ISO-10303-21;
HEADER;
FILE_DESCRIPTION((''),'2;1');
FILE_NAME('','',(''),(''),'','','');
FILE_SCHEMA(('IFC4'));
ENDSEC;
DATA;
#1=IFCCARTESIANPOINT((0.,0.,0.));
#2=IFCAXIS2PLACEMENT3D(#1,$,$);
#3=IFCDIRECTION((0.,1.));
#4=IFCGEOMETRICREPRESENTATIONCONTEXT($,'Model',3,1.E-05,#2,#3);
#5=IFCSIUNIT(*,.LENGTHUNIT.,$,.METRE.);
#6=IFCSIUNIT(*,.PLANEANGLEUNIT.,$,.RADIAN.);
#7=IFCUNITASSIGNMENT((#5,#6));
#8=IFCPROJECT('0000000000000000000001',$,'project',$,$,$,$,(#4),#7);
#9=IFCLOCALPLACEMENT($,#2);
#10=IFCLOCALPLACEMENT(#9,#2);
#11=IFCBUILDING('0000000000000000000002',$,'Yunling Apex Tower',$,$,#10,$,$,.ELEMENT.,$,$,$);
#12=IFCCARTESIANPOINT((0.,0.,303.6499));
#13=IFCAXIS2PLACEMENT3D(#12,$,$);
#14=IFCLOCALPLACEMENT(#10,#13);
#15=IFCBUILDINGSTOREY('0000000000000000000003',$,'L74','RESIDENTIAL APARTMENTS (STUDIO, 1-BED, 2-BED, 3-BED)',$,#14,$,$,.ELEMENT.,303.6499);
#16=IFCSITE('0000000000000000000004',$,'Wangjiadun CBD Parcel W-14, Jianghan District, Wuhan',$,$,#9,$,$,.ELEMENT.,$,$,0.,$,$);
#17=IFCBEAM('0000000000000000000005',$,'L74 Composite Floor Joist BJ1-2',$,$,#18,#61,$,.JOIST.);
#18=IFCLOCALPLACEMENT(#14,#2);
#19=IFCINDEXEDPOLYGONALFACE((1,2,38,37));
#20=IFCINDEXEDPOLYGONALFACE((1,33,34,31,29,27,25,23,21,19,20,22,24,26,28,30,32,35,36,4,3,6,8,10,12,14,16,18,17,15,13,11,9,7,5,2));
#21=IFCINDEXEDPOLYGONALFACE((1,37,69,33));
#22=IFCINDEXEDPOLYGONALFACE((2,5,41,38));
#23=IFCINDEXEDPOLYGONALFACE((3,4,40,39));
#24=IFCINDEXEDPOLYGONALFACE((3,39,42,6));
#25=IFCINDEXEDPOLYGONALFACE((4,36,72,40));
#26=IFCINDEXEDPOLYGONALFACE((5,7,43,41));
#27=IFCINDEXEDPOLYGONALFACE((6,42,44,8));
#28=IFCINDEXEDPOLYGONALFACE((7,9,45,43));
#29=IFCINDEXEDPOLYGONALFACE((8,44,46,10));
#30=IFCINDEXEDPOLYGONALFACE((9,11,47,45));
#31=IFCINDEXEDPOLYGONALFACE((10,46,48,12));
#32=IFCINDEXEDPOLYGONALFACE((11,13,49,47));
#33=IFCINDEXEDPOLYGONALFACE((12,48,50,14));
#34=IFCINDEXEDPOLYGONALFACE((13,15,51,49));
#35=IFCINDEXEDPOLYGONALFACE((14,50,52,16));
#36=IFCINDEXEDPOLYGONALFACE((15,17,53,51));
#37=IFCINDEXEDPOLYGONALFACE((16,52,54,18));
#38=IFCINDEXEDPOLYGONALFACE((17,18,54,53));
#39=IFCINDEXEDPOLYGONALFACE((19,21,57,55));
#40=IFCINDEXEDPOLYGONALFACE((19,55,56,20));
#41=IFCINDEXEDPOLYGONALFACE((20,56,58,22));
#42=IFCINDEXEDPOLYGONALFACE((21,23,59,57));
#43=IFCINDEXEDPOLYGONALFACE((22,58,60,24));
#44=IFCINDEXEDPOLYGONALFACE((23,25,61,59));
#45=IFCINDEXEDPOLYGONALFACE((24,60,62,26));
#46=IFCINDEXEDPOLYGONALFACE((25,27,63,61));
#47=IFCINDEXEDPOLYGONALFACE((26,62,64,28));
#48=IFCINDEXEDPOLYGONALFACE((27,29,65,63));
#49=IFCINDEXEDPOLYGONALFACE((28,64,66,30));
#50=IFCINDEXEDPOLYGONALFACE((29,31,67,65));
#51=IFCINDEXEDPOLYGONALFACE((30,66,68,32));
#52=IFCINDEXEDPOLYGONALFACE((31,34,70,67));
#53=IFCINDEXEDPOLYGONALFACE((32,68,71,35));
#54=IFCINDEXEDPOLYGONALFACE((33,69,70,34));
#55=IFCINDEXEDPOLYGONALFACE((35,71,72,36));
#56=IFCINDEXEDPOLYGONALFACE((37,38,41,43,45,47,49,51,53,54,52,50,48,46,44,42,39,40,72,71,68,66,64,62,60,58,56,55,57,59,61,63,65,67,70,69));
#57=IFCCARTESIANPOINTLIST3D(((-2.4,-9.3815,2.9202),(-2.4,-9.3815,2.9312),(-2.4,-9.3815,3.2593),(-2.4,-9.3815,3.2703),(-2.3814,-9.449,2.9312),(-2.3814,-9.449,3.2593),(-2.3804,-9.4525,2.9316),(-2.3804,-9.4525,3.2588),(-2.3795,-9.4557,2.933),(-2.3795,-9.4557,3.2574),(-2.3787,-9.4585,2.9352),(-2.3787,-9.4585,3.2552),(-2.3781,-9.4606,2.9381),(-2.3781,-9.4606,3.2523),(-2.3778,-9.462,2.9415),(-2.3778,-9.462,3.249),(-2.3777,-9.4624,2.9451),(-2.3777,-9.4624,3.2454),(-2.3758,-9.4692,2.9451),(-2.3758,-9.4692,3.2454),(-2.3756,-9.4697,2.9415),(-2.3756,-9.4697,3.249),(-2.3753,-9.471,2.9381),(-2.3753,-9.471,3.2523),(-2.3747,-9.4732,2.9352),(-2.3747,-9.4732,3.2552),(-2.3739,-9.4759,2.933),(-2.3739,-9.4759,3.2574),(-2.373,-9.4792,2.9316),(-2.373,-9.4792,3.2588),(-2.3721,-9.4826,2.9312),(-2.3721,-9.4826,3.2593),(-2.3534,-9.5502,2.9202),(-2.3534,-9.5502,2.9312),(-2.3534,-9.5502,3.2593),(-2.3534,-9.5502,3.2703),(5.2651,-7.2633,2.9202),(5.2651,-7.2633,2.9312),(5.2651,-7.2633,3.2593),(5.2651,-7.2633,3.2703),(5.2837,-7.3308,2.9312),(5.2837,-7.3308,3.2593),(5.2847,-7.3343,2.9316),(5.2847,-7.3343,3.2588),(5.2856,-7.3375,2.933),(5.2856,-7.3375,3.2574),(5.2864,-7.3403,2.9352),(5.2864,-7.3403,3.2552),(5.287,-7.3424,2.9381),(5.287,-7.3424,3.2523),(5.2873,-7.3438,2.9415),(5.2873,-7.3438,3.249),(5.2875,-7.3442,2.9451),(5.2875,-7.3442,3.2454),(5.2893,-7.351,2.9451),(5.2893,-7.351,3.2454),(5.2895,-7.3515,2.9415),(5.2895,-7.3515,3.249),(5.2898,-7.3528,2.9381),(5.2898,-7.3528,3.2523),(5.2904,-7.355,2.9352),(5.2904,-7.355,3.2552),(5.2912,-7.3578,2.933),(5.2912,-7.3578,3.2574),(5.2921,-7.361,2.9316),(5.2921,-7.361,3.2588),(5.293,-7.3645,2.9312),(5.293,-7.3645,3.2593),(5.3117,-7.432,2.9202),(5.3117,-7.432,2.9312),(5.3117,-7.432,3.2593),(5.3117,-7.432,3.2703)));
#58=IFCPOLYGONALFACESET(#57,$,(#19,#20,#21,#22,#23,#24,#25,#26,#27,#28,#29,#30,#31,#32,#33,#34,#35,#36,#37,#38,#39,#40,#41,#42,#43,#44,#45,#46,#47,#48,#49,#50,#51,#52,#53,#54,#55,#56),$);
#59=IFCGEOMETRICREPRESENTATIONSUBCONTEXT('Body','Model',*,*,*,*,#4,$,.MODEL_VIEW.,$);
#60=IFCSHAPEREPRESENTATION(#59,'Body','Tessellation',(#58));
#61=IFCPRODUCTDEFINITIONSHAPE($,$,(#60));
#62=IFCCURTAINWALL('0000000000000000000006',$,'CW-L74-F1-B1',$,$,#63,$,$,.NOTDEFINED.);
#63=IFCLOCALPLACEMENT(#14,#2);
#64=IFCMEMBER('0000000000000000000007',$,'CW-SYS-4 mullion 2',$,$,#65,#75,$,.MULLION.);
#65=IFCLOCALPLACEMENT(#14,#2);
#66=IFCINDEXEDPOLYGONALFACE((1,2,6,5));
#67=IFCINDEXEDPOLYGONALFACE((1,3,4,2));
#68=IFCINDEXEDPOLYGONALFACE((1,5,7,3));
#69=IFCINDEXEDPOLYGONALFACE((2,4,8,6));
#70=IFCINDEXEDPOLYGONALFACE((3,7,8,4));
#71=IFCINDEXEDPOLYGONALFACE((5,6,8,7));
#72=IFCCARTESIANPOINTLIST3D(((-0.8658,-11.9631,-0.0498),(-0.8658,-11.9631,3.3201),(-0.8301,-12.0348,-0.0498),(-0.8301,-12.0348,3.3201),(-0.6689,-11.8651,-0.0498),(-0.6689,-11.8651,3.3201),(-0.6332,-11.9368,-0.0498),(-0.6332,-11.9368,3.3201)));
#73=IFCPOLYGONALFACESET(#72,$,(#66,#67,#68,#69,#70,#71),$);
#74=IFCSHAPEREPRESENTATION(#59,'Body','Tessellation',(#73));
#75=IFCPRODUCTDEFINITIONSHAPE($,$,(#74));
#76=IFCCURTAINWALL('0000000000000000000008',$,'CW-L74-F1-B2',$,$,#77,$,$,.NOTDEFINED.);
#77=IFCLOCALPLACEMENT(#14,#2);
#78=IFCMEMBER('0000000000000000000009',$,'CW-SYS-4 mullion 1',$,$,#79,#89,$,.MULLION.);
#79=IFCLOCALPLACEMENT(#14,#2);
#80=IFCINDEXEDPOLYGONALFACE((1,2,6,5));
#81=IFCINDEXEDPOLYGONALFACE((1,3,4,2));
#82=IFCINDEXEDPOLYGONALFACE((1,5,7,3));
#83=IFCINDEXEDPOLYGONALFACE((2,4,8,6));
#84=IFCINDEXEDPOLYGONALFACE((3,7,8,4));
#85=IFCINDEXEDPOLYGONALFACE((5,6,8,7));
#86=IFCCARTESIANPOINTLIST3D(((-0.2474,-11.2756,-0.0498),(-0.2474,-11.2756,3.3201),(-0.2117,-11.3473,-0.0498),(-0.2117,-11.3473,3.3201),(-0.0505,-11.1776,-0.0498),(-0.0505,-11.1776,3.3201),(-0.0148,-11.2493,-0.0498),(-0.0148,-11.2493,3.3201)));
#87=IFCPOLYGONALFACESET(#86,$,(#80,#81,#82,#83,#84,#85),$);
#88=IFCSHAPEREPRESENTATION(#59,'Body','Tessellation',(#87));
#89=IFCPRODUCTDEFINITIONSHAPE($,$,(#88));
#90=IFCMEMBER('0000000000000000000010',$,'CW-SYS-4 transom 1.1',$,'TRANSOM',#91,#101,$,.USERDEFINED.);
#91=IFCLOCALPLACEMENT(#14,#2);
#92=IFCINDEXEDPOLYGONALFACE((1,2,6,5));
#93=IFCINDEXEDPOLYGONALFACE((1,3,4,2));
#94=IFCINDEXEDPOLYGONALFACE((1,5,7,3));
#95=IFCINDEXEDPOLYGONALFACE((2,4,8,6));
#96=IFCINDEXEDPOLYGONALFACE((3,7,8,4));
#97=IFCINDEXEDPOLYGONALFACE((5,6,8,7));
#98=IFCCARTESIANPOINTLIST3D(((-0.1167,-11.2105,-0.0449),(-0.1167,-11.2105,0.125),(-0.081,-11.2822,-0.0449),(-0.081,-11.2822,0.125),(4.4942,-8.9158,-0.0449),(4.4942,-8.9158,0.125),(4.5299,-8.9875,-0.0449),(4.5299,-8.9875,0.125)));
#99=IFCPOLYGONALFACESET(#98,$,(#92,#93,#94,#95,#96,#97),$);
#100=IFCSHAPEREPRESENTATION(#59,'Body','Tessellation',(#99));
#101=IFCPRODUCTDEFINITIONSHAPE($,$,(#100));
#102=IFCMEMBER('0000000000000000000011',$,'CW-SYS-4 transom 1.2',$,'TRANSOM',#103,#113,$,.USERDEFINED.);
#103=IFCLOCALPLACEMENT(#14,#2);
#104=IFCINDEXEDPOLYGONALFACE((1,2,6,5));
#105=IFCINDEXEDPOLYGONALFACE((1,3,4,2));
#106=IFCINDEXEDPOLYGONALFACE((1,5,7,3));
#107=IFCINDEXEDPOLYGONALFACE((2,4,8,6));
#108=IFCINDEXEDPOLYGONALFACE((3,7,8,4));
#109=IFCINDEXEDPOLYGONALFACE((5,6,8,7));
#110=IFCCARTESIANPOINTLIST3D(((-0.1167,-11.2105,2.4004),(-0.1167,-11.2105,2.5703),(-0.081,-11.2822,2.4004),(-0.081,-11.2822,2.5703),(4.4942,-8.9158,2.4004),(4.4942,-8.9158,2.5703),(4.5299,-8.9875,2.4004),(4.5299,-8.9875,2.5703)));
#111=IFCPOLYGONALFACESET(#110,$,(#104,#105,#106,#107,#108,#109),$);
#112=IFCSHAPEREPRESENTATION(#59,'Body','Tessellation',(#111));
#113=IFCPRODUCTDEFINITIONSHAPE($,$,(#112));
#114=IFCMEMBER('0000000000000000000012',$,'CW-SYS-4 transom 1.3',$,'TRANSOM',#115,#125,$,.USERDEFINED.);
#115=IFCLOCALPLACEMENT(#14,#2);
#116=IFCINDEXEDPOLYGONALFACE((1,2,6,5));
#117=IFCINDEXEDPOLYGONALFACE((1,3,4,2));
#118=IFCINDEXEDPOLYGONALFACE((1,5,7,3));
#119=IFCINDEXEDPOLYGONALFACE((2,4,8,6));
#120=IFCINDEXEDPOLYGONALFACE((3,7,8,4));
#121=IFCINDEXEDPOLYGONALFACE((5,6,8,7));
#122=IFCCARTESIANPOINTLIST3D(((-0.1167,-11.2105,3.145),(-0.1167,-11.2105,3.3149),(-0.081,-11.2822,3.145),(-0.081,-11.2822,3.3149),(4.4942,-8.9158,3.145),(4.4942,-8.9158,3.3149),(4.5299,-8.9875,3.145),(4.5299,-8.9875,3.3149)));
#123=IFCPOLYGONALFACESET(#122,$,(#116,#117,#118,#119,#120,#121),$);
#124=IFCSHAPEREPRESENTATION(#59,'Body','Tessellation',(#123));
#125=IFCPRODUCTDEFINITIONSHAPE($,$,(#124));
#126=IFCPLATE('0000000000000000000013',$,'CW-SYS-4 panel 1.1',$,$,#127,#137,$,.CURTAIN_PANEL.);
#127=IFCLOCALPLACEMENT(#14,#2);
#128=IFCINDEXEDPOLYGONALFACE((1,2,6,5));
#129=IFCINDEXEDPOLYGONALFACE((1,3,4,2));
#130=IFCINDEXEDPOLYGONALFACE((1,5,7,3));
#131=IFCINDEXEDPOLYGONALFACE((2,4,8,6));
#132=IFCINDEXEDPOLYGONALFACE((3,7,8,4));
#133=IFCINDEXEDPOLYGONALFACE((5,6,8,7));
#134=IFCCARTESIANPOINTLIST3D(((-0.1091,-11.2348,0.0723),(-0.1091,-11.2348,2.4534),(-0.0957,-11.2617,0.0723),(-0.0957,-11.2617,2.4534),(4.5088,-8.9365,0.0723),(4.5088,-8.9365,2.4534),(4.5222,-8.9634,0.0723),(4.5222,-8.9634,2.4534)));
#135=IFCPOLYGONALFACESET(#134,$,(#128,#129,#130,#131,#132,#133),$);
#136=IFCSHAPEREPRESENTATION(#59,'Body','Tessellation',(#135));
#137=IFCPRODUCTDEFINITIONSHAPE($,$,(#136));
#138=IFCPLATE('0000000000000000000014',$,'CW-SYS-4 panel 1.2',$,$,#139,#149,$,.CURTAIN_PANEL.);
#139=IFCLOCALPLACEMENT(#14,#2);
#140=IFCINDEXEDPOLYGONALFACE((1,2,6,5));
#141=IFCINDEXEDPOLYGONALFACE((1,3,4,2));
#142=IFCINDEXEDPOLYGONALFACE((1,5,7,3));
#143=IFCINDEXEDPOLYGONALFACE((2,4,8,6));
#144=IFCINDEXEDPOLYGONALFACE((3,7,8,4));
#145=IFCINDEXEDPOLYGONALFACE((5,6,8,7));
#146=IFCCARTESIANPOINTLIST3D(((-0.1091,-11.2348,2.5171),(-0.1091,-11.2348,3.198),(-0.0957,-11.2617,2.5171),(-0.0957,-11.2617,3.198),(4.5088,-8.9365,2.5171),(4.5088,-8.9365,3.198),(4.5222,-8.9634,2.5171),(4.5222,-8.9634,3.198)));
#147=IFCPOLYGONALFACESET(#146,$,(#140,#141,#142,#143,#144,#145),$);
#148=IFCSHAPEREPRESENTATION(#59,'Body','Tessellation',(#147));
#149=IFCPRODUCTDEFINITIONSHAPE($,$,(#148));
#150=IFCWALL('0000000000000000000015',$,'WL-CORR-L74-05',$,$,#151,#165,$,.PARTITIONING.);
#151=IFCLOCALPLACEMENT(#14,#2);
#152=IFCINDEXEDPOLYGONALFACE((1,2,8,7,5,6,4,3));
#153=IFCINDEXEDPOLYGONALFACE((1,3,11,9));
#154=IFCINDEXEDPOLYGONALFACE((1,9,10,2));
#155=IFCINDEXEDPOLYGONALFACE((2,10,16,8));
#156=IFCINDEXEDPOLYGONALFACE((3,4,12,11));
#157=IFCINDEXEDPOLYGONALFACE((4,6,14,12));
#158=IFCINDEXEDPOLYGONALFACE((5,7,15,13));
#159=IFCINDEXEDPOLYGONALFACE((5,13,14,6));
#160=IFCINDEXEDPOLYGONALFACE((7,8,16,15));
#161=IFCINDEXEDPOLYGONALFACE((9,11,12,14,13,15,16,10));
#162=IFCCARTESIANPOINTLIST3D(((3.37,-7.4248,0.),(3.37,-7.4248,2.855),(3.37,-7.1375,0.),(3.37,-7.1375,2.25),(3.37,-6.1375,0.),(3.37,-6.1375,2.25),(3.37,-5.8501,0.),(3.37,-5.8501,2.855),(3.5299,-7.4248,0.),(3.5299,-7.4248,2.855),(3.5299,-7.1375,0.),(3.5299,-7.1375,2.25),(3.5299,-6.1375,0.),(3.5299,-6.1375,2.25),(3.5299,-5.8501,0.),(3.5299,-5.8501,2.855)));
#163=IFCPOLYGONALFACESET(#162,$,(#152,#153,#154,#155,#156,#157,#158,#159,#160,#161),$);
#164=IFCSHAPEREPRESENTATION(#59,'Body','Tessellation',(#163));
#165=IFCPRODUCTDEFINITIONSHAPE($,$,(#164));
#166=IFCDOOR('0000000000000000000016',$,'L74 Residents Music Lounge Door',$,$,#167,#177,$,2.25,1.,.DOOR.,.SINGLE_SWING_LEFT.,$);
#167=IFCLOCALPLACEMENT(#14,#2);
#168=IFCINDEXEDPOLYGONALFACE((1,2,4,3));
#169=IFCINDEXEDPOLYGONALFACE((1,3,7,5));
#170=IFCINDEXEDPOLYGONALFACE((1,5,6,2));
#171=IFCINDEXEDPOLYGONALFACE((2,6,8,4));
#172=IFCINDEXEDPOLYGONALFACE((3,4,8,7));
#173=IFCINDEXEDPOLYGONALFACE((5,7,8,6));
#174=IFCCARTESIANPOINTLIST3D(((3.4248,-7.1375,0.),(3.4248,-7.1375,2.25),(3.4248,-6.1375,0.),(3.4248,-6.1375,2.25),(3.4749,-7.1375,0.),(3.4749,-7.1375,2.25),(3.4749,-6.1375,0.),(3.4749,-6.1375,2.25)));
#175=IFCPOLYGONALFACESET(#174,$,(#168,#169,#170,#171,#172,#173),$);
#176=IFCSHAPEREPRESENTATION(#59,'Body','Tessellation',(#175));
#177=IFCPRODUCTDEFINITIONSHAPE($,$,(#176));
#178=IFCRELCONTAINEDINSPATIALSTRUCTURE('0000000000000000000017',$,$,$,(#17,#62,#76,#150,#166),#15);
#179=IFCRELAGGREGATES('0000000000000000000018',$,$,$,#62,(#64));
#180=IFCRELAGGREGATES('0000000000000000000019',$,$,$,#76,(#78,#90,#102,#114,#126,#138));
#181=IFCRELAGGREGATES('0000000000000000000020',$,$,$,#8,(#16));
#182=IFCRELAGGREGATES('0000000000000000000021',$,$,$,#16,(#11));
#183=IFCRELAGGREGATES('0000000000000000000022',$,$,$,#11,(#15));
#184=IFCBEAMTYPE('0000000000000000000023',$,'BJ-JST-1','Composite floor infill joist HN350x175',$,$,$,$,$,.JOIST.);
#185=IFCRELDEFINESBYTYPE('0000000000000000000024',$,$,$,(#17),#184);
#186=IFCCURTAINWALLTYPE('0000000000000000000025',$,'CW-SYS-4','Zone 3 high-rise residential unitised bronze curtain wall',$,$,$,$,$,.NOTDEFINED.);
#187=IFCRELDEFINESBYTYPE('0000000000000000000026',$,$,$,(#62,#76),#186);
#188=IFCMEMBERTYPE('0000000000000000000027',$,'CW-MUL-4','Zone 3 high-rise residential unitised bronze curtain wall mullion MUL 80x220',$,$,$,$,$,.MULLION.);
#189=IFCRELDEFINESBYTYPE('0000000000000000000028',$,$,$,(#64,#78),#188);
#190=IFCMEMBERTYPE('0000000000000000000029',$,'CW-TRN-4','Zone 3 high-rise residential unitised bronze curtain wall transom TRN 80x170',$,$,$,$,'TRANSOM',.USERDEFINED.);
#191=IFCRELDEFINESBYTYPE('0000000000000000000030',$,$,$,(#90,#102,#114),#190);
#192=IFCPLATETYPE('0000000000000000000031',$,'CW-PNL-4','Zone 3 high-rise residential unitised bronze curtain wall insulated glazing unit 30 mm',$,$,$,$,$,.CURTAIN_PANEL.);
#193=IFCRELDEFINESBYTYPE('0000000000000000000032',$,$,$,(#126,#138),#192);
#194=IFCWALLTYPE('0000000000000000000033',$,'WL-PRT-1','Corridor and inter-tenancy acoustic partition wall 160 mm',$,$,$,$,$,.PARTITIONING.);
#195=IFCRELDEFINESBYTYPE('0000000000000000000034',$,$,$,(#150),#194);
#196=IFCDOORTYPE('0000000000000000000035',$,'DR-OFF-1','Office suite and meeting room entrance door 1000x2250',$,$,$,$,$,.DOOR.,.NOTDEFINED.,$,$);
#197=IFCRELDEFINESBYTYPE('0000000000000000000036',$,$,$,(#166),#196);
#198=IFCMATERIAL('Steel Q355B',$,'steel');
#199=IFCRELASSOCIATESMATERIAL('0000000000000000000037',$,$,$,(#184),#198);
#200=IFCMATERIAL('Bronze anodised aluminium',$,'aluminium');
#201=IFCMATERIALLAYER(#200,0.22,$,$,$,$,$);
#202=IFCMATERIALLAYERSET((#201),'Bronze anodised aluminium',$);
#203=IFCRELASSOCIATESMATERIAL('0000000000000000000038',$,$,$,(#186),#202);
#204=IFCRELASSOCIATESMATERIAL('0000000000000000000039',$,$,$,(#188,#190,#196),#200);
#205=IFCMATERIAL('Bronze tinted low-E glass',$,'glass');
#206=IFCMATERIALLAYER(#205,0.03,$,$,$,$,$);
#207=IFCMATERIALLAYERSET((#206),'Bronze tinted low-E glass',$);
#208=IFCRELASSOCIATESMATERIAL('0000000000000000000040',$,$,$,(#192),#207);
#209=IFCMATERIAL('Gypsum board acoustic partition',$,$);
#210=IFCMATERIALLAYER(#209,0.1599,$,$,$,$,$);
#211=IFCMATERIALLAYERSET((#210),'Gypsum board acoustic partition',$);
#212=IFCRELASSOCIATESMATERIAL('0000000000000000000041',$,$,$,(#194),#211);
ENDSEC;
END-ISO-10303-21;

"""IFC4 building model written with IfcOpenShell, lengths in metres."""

from ifc_helpers import new_model, si_unit, direction, frame, frame_2d, origin, origin_2d, place, context, subcontext, project, spatial, rectangle, i_section, extrude, source, transform, mapped, material, layer, layer_set, material_profile, profile_set, type_object, element, fill, aggregate, save


model = new_model("IFC4")

# Units and contexts
model_context = context("Model", 3, precision=1e-05, world=origin(), true_north=direction((0.0, 1.0)))
body_context = subcontext(model_context, "Body", "Model", "MODEL_VIEW")
ifc_project = project(units=[si_unit("LENGTHUNIT", "METRE"), si_unit("PLANEANGLEUNIT", "RADIAN")], contexts=[model_context])

# Site, building, storey
site_placement = place(None, origin())
site = spatial("IfcSite", under=ifc_project, at=site_placement, Name="Wangjiadun CBD Parcel W-14, Jianghan District, Wuhan", CompositionType="ELEMENT", RefElevation=0.0)
building_placement = place(site_placement, origin())
building = spatial("IfcBuilding", under=site, at=building_placement, Name="Yunling Apex Tower", CompositionType="ELEMENT")
storey_placement = place(building_placement, frame((0.0, 0.0, 303.6499)))
storey = spatial("IfcBuildingStorey", under=building, at=storey_placement, Name="L74", Description="RESIDENTIAL APARTMENTS (STUDIO, 1-BED, 2-BED, 3-BED)", CompositionType="ELEMENT", Elevation=303.6499)

# Shared definitions
ifc_material_1 = material(Name="Steel Q355B", Category="steel")

# Beam
ifc_material_profile_1 = material_profile(ifc_material_1, i_section(OverallWidth=0.175, OverallDepth=0.3501, WebThickness=0.0071, FlangeThickness=0.011, FilletRadius=0.0139, at=origin_2d()))
ifc_profile_set_1 = profile_set([ifc_material_profile_1], Name="Steel Q355B")
beam_type_1 = type_object("IfcBeamType", Name="BJ-JST-1", Description="Composite floor infill joist HN350x175", PredefinedType="JOIST", material=ifc_profile_set_1)
shared_shape_1 = source(origin(), body_context, "Body", "SweptSolid", [
    extrude(i_section(OverallWidth=0.175, OverallDepth=0.3501, WebThickness=0.0071, FlangeThickness=0.011, FilletRadius=0.0139, at=origin_2d()), origin(), (0.0, 0.0, 1.0), 7.9524),
])
beam_1_placement = place(storey_placement, frame((-2.3767, -9.4658, 3.0952), z_axis=(0.963874, 0.266358, 0.0), x_axis=(-0.266358, 0.963874, 0.0)))
element("IfcBeam", 1, at=beam_1_placement, inside=storey, type_object=beam_type_1, Name="L74 Composite Floor Joist BJ1-2", PredefinedType="JOIST", context=body_context, shape_type="MappedRepresentation", body=[
    mapped(shared_shape_1, transform((0.0, 0.0, 0.0), scale=1.0)),
])

# Curtain wall, member
ifc_material_2 = material(Name="Bronze anodised aluminium", Category="aluminium")
ifc_layer_1 = layer(ifc_material_2, 0.22)
ifc_layer_set_1 = layer_set([ifc_layer_1], Name="Bronze anodised aluminium")
curtain_wall_type = type_object("IfcCurtainWallType", Name="CW-SYS-4", Description="Zone 3 high-rise residential unitised bronze curtain wall", PredefinedType="NOTDEFINED", material=ifc_layer_set_1)
curtain_wall_1_placement = place(storey_placement, origin())
curtain_wall_1 = element("IfcCurtainWall", 2, at=curtain_wall_1_placement, inside=storey, type_object=curtain_wall_type, Name="CW-L74-F1-B1", PredefinedType="NOTDEFINED")
ifc_material_profile_2 = material_profile(ifc_material_2, rectangle(XDim=0.0801, YDim=0.22, at=origin_2d()))
ifc_profile_set_2 = profile_set([ifc_material_profile_2], Name="Bronze anodised aluminium")
member_type_1 = type_object("IfcMemberType", Name="CW-MUL-4", Description="Zone 3 high-rise residential unitised bronze curtain wall mullion MUL 80x220", PredefinedType="MULLION", material=ifc_profile_set_2)
shared_shape_2 = source(origin(), body_context, "Body", "SweptSolid", [
    extrude(rectangle(XDim=0.0801, YDim=0.22, at=origin_2d()), origin(), (0.0, 0.0, 1.0), 3.3699),
])
member_1_placement = place(storey_placement, frame((-0.7495, -11.95, -0.0498), z_axis=(0.0, 0.0, 1.0), x_axis=(-0.445568, 0.895248, 0.0)))
member_1 = element("IfcMember", 3, at=member_1_placement, type_object=member_type_1, Name="CW-SYS-4 mullion 2", PredefinedType="MULLION", context=body_context, shape_type="MappedRepresentation", body=[
    mapped(shared_shape_2, transform((0.0, 0.0, 0.0), scale=1.0)),
])
aggregate(curtain_wall_1, [member_1])

# Curtain wall, members, plates
curtain_wall_2_placement = place(storey_placement, origin())
curtain_wall_2 = element("IfcCurtainWall", 4, at=curtain_wall_2_placement, inside=storey, type_object=curtain_wall_type, Name="CW-L74-F1-B2", PredefinedType="NOTDEFINED")
member_2_placement = place(storey_placement, frame((-0.1311, -11.2625, -0.0498), z_axis=(0.0, 0.0, 1.0), x_axis=(-0.445561, 0.895252, 0.0)))
member_2 = element("IfcMember", 5, at=member_2_placement, type_object=member_type_1, Name="CW-SYS-4 mullion 1", PredefinedType="MULLION", context=body_context, shape_type="MappedRepresentation", body=[
    mapped(shared_shape_2, transform((0.0, 0.0, 0.0), scale=1.0)),
])
ifc_material_profile_3 = material_profile(ifc_material_2, rectangle(XDim=0.0801, YDim=0.1699, at=origin_2d()))
ifc_profile_set_3 = profile_set([ifc_material_profile_3], Name="Bronze anodised aluminium")
member_type_2 = type_object("IfcMemberType", Name="CW-TRN-4", Description="Zone 3 high-rise residential unitised bronze curtain wall transom TRN 80x170", ElementType="TRANSOM", PredefinedType="USERDEFINED", material=ifc_profile_set_3)
shared_shape_3 = source(origin(), body_context, "Body", "SweptSolid", [
    extrude(rectangle(XDim=0.0801, YDim=0.1699, at=origin_2d()), origin(), (0.0, 0.0, 1.0), 5.1504),
])
member_3_placement = place(storey_placement, frame((-0.0989, -11.2463, 0.04), z_axis=(0.89526, 0.445544, 0.0), x_axis=(-0.445544, 0.89526, 0.0)))
member_3 = element("IfcMember", 6, at=member_3_placement, type_object=member_type_2, Name="CW-SYS-4 transom 1.1", ObjectType="TRANSOM", PredefinedType="USERDEFINED", context=body_context, shape_type="MappedRepresentation", body=[
    mapped(shared_shape_3, transform((0.0, 0.0, 0.0), scale=1.0)),
])
member_4_placement = place(storey_placement, frame((-0.0989, -11.2463, 2.4854), z_axis=(0.89526, 0.445544, 0.0), x_axis=(-0.445544, 0.89526, 0.0)))
member_4 = element("IfcMember", 7, at=member_4_placement, type_object=member_type_2, Name="CW-SYS-4 transom 1.2", ObjectType="TRANSOM", PredefinedType="USERDEFINED", context=body_context, shape_type="MappedRepresentation", body=[
    mapped(shared_shape_3, transform((0.0, 0.0, 0.0), scale=1.0)),
])
member_5_placement = place(storey_placement, frame((-0.0989, -11.2463, 3.23), z_axis=(0.89526, 0.445544, 0.0), x_axis=(-0.445544, 0.89526, 0.0)))
member_5 = element("IfcMember", 8, at=member_5_placement, type_object=member_type_2, Name="CW-SYS-4 transom 1.3", ObjectType="TRANSOM", PredefinedType="USERDEFINED", context=body_context, shape_type="MappedRepresentation", body=[
    mapped(shared_shape_3, transform((0.0, 0.0, 0.0), scale=1.0)),
])
ifc_material_3 = material(Name="Bronze tinted low-E glass", Category="glass")
ifc_layer_2 = layer(ifc_material_3, 0.03)
ifc_layer_set_2 = layer_set([ifc_layer_2], Name="Bronze tinted low-E glass")
plate_type = type_object("IfcPlateType", Name="CW-PNL-4", Description="Zone 3 high-rise residential unitised bronze curtain wall insulated glazing unit 30 mm", PredefinedType="CURTAIN_PANEL", material=ifc_layer_set_2)
shared_shape_4 = source(origin(), body_context, "Body", "SweptSolid", [
    extrude(rectangle(XDim=5.1582, YDim=0.03, at=origin_2d()), origin(), (0.0, 0.0, 1.0), 2.3811),
])
plate_1_placement = place(storey_placement, frame((2.2065, -10.0991, 0.0723), z_axis=(0.0, 0.0, 1.0), x_axis=(0.895252, 0.445561, 0.0)))
plate_1 = element("IfcPlate", 9, at=plate_1_placement, type_object=plate_type, Name="CW-SYS-4 panel 1.1", PredefinedType="CURTAIN_PANEL", context=body_context, shape_type="MappedRepresentation", body=[
    mapped(shared_shape_4, transform((0.0, 0.0, 0.0), scale=1.0)),
])
shared_shape_5 = source(origin(), body_context, "Body", "SweptSolid", [
    extrude(rectangle(XDim=5.1582, YDim=0.03, at=origin_2d()), origin(), (0.0, 0.0, 1.0), 0.6809),
])
plate_2_placement = place(storey_placement, frame((2.2065, -10.0991, 2.5171), z_axis=(0.0, 0.0, 1.0), x_axis=(0.895252, 0.445561, 0.0)))
plate_2 = element("IfcPlate", 10, at=plate_2_placement, type_object=plate_type, Name="CW-SYS-4 panel 1.2", PredefinedType="CURTAIN_PANEL", context=body_context, shape_type="MappedRepresentation", body=[
    mapped(shared_shape_5, transform((0.0, 0.0, 0.0), scale=1.0)),
])
aggregate(curtain_wall_2, [member_2, member_3, member_4, member_5, plate_1, plate_2])

# Wall, opening, door
ifc_material_4 = material(Name="Gypsum board acoustic partition")
ifc_layer_3 = layer(ifc_material_4, 0.1599)
ifc_layer_set_3 = layer_set([ifc_layer_3], Name="Gypsum board acoustic partition")
wall_type_1 = type_object("IfcWallType", Name="WL-PRT-1", Description="Corridor and inter-tenancy acoustic partition wall 160 mm", PredefinedType="PARTITIONING", material=ifc_layer_set_3)
wall_1_placement = place(storey_placement, frame((3.45, -5.8501, 0.0), z_axis=(0.0, 0.0, 1.0), x_axis=(0.0, -1.0, 0.0)))
wall_1 = element("IfcWall", 11, at=wall_1_placement, inside=storey, type_object=wall_type_1, Name="WL-CORR-L74-05", PredefinedType="PARTITIONING", context=body_context, shape_type="SweptSolid", body=[
    extrude(rectangle(XDim=1.5747, YDim=0.1599, at=frame_2d((0.7874, 0.0))), origin(), (0.0, 0.0, 1.0), 2.855),
])
opening_1_placement = place(wall_1_placement, frame((0.2874, 0.0, 0.0)))
opening_1 = element("IfcOpeningElement", 12, at=opening_1_placement, cuts=wall_1, PredefinedType="OPENING", context=body_context, shape_type="SweptSolid", body=[
    extrude(rectangle(XDim=1.0, YDim=2.25, at=frame_2d((0.5, 1.125))), frame((0.0, 0.0898, 0.0), z_axis=(0.0, -1.0, 0.0), x_axis=(1.0, 0.0, 0.0)), (0.0, 0.0, 1.0), 0.1799),
])
door_type_1 = type_object("IfcDoorType", Name="DR-OFF-1", Description="Office suite and meeting room entrance door 1000x2250", OperationType="NOTDEFINED", PredefinedType="DOOR", material=ifc_material_2)
door_1_placement = place(opening_1_placement, origin())
door_1 = element("IfcDoor", 13, at=door_1_placement, inside=storey, type_object=door_type_1, Name="L74 Residents Music Lounge Door", OperationType="SINGLE_SWING_LEFT", OverallHeight=2.25, OverallWidth=1.0, PredefinedType="DOOR", context=body_context, shape_type="SweptSolid", body=[
    extrude(rectangle(XDim=1.0, YDim=2.25, at=frame_2d((0.5, 1.125))), frame((0.0, 0.0249, 0.0), z_axis=(0.0, -1.0, 0.0), x_axis=(1.0, 0.0, 0.0)), (0.0, 0.0, 1.0), 0.05),
])
fill(opening_1, door_1)

save(model, "model.ifc")
